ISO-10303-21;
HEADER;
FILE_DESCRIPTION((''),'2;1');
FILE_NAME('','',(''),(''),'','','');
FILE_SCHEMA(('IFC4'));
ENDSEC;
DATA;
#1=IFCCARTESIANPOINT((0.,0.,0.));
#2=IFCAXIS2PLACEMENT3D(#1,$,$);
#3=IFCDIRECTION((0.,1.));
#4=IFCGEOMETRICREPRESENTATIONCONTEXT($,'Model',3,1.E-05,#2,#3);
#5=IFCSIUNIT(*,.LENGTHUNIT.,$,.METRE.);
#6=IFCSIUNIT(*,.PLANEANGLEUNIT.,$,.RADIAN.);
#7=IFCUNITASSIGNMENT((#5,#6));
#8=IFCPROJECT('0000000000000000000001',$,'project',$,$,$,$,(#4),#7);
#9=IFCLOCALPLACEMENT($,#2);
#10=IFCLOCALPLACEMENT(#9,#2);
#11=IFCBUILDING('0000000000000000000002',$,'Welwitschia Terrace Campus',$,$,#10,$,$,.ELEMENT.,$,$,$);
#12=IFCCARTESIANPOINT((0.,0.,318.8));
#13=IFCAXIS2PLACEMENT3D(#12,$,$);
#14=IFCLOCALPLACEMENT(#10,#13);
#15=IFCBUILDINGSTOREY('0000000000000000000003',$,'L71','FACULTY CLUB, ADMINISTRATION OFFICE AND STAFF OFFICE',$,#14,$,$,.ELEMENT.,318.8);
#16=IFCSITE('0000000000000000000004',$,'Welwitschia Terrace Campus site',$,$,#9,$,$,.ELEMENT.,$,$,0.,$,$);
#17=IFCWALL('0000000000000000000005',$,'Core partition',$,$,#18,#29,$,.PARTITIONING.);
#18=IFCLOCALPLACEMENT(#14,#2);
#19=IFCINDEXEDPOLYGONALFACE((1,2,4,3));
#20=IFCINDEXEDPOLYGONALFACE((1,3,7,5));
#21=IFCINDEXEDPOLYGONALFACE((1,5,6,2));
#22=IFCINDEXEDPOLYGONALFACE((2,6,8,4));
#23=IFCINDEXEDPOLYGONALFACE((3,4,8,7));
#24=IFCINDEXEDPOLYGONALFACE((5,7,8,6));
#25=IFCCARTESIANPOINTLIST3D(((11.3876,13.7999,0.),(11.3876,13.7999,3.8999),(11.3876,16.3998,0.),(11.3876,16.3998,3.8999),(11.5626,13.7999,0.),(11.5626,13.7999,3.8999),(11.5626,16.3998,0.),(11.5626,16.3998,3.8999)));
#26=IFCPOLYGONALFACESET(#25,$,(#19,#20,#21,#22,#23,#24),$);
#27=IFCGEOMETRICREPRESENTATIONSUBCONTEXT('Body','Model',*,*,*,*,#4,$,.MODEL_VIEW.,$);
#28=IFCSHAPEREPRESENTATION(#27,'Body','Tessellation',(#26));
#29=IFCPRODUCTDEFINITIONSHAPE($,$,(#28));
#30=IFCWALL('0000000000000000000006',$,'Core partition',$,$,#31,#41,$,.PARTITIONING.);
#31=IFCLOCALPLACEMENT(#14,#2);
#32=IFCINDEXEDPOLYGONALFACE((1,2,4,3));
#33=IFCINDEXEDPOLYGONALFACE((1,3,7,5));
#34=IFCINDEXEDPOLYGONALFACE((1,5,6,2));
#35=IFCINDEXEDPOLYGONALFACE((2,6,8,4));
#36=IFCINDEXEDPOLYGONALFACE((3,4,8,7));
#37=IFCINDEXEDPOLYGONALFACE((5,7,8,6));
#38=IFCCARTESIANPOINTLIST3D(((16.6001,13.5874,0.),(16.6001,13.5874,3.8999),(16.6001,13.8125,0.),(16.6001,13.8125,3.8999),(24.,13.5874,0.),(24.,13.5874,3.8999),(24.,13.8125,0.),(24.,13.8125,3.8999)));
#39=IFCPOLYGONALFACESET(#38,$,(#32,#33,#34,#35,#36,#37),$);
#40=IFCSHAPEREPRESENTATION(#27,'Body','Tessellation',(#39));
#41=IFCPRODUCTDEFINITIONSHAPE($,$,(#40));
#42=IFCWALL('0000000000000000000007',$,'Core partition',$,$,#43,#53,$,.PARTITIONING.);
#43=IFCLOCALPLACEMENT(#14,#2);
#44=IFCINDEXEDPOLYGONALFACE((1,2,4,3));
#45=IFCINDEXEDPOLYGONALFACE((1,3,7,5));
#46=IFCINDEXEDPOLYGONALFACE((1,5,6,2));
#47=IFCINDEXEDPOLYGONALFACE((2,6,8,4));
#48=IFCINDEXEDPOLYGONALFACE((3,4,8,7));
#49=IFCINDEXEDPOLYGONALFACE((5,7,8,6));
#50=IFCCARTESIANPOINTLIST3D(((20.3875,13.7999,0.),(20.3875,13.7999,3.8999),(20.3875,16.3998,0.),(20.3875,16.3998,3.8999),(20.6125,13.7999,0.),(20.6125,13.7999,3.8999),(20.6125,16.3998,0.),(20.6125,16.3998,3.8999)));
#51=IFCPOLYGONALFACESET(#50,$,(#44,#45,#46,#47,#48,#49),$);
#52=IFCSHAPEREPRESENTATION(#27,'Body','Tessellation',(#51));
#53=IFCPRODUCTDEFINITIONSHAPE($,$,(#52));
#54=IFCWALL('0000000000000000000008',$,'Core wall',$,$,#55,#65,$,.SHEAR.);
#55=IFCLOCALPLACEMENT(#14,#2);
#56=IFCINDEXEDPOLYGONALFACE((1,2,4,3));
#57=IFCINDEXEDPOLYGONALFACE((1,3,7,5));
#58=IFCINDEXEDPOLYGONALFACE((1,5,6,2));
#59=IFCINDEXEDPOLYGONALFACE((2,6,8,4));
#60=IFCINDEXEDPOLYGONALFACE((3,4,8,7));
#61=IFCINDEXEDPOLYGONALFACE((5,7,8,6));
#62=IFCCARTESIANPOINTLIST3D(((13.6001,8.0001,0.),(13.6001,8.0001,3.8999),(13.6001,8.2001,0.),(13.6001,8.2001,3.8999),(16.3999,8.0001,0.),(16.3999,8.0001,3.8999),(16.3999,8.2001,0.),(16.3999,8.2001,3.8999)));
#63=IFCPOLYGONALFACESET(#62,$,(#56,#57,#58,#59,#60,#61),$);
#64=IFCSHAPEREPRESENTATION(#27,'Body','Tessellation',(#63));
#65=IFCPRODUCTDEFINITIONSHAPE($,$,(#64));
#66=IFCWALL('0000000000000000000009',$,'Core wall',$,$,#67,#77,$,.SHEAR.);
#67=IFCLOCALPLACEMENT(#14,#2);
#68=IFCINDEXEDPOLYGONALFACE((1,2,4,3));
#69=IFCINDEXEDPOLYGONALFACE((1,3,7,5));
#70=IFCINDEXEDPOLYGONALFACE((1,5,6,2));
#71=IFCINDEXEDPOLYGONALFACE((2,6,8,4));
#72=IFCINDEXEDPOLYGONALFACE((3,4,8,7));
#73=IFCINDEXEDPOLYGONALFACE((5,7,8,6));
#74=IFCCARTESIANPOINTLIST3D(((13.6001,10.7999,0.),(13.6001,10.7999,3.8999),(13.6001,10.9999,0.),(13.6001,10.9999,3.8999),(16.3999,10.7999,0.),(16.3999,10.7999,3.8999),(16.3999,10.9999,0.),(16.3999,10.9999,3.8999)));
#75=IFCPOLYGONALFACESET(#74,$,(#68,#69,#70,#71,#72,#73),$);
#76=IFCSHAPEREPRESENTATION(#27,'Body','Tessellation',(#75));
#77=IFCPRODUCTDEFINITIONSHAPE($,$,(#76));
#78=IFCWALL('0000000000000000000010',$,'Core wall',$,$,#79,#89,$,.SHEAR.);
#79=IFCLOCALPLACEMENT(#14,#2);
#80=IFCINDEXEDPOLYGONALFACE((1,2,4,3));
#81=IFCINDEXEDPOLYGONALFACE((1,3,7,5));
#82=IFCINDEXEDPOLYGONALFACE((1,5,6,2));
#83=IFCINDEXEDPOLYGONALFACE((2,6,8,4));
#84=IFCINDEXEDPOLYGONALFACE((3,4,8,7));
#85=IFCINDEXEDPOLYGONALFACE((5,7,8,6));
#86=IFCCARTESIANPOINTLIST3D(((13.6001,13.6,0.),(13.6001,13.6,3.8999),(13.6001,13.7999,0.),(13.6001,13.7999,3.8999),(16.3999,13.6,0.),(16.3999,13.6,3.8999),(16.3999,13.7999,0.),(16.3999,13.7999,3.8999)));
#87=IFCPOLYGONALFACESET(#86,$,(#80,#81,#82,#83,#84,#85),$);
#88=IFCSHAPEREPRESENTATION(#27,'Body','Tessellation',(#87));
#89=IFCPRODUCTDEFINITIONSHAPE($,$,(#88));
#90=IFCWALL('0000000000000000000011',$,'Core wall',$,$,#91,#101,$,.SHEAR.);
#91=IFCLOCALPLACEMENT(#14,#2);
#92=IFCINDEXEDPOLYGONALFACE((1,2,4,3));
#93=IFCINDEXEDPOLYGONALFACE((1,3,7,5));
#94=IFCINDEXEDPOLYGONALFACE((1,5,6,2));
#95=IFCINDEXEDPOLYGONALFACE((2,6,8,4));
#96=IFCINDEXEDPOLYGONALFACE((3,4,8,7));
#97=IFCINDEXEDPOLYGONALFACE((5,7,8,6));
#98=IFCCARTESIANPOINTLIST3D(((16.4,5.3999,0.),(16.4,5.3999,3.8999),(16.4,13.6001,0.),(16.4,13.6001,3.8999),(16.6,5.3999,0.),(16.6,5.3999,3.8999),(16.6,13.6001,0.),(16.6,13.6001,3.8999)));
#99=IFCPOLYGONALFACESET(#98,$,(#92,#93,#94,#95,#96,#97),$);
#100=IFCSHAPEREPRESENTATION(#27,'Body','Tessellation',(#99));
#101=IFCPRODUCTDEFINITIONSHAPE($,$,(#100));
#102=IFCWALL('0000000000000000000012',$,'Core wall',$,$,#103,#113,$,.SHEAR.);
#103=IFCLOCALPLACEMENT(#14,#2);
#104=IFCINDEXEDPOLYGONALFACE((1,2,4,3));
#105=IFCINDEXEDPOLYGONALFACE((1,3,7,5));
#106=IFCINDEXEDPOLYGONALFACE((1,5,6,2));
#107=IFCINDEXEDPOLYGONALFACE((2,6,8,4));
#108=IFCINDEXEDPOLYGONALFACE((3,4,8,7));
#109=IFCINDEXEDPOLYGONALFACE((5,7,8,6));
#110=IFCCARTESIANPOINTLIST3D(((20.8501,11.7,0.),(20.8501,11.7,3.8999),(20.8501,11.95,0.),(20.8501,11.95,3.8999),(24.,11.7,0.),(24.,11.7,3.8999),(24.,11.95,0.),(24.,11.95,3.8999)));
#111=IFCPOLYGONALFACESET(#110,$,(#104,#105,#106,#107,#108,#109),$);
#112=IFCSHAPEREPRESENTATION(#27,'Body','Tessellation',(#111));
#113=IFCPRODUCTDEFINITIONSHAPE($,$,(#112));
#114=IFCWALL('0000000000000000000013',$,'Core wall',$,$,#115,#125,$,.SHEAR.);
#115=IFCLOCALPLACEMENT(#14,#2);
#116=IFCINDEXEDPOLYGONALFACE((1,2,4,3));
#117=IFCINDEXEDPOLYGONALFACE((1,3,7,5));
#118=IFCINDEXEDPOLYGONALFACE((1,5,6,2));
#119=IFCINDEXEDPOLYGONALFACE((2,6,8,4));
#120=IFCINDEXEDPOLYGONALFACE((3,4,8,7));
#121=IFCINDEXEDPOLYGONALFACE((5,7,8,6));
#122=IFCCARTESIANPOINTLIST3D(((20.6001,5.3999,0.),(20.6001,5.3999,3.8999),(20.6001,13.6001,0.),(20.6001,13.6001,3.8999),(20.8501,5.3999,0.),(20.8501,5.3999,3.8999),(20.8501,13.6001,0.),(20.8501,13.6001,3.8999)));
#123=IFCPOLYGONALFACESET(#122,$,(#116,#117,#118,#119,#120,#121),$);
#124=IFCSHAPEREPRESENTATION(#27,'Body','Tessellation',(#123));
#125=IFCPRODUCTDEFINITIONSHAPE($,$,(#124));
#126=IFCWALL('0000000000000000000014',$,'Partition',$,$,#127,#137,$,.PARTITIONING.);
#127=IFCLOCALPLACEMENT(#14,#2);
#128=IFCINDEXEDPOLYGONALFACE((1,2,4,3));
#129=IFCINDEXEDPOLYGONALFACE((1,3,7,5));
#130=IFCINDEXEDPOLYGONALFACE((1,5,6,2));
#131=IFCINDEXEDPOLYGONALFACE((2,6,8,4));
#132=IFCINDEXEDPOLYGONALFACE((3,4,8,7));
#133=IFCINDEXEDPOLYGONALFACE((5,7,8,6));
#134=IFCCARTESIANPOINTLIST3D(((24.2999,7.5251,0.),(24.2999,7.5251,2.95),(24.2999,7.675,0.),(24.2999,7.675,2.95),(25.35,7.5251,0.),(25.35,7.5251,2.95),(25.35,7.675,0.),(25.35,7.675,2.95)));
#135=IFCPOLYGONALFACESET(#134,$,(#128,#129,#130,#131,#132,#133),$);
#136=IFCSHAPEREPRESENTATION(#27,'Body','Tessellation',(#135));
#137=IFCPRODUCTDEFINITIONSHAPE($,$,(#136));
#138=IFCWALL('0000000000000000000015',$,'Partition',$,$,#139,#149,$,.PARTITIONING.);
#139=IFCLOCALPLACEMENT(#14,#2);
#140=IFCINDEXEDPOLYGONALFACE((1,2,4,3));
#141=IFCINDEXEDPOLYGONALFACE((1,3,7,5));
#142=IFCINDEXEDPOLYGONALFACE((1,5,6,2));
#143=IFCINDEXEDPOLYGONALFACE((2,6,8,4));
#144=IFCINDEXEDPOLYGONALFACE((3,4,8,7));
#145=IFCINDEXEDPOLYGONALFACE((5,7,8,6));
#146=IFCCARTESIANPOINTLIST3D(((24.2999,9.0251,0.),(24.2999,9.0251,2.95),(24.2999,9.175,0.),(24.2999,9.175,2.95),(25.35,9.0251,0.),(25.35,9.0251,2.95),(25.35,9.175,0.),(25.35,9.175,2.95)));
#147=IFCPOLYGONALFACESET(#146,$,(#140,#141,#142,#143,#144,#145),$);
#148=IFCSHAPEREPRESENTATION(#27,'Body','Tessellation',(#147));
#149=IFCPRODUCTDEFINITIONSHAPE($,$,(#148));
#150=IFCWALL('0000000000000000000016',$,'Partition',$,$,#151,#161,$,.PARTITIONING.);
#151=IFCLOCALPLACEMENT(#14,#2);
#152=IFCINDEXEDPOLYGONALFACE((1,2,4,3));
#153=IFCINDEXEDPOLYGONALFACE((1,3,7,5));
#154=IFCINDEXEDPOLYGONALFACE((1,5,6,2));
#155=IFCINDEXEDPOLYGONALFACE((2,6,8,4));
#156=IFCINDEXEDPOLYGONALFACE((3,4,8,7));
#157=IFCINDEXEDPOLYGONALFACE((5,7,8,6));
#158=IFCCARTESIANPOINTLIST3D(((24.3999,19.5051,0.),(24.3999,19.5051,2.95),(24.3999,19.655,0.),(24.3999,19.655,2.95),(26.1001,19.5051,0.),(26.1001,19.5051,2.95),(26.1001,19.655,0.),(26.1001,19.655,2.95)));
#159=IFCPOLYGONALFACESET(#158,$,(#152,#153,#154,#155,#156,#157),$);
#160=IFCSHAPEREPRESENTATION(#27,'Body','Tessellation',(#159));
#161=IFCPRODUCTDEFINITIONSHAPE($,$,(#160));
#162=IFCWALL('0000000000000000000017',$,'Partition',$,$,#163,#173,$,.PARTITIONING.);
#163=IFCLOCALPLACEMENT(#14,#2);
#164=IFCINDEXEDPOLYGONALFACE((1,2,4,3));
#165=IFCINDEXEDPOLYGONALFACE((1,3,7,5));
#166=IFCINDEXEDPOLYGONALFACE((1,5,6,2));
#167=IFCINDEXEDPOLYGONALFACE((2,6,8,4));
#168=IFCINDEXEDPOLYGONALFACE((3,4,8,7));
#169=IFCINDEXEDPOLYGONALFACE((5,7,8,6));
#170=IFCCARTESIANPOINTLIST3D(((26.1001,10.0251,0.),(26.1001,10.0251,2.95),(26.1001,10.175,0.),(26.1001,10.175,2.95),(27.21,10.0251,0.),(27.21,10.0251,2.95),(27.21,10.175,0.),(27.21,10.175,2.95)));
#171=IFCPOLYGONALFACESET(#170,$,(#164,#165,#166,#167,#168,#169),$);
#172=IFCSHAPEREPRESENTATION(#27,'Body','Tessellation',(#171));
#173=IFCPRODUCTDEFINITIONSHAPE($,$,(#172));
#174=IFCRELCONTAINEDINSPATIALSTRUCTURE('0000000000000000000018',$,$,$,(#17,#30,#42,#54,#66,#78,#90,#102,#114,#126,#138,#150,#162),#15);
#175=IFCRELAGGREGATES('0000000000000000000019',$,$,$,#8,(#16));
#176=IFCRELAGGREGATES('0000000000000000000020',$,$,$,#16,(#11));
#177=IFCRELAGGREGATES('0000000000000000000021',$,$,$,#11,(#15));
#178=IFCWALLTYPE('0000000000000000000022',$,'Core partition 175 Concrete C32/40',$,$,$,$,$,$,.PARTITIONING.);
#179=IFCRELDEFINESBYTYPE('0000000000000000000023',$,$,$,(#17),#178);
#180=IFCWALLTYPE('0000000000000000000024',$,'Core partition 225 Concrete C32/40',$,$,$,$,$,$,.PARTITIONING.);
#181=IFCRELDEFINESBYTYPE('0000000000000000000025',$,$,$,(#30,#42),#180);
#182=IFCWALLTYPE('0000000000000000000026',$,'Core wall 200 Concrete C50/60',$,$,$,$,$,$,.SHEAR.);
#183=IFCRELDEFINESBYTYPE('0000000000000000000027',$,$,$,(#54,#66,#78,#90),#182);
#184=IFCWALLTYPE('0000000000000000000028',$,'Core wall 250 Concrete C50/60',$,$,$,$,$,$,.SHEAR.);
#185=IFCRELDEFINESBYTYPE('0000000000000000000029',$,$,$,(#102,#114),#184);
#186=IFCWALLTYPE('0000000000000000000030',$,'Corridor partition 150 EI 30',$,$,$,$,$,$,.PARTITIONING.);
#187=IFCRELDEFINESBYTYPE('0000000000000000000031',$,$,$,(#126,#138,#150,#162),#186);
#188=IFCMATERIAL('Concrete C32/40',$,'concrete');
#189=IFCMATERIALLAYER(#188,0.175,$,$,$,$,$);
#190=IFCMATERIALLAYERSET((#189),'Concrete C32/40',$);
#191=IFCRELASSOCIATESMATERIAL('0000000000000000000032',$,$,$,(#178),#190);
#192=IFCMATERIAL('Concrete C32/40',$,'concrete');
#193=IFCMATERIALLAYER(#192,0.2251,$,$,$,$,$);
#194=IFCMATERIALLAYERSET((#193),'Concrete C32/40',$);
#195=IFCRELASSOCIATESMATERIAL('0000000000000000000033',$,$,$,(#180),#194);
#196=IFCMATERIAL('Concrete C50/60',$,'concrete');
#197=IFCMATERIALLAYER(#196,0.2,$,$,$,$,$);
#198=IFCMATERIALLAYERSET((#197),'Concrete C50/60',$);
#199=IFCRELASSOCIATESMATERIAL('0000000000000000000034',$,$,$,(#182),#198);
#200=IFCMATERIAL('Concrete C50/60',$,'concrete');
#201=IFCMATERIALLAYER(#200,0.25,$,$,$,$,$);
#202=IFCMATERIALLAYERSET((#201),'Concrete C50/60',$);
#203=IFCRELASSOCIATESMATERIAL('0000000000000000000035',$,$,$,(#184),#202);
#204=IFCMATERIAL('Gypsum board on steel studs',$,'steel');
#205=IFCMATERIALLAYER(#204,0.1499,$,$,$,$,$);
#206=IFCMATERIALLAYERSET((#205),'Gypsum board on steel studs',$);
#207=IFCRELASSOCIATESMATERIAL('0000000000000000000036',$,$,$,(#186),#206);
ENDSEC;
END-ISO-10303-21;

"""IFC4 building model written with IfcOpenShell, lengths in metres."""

from ifc_helpers import new_model, si_unit, direction, frame, frame_2d, origin, place, context, subcontext, project, spatial, rectangle, extrude, material, layer, layer_set, type_object, element, save


model = new_model("IFC4")

# Units and contexts
model_context = context("Model", 3, precision=1e-05, world=origin(), true_north=direction((0.0, 1.0)))
body_context = subcontext(model_context, "Body", "Model", "MODEL_VIEW")
ifc_project = project(units=[si_unit("LENGTHUNIT", "METRE"), si_unit("PLANEANGLEUNIT", "RADIAN")], contexts=[model_context])

# Site, building, storey
site_placement = place(None, origin())
site = spatial("IfcSite", under=ifc_project, at=site_placement, Name="Welwitschia Terrace Campus site", CompositionType="ELEMENT", RefElevation=0.0)
building_placement = place(site_placement, origin())
building = spatial("IfcBuilding", under=site, at=building_placement, Name="Welwitschia Terrace Campus", CompositionType="ELEMENT")
storey_placement = place(building_placement, frame((0.0, 0.0, 318.8)))
storey = spatial("IfcBuildingStorey", under=building, at=storey_placement, Name="L71", Description="FACULTY CLUB, ADMINISTRATION OFFICE AND STAFF OFFICE", CompositionType="ELEMENT", Elevation=318.8)

# Walls
ifc_material_1 = material(Name="Concrete C32/40", Category="concrete")
ifc_layer_1 = layer(ifc_material_1, 0.175)
ifc_layer_set_1 = layer_set([ifc_layer_1], Name="Concrete C32/40")
wall_type_1 = type_object("IfcWallType", Name="Core partition 175 Concrete C32/40", PredefinedType="PARTITIONING", material=ifc_layer_set_1)
wall_1_placement = place(storey_placement, frame((11.4751, 13.8, 0.0), z_axis=(0.0, 0.0, 1.0), x_axis=(0.0, 1.0, 0.0)))
element("IfcWall", 1, at=wall_1_placement, inside=storey, type_object=wall_type_1, Name="Core partition", PredefinedType="PARTITIONING", context=body_context, shape_type="SweptSolid", body=[
    extrude(rectangle(XDim=2.5999, YDim=0.175, at=frame_2d((1.2998, 0.0))), origin(), (0.0, 0.0, 1.0), 3.8999),
])
ifc_material_2 = material(Name="Concrete C32/40", Category="concrete")
ifc_layer_2 = layer(ifc_material_2, 0.2251)
ifc_layer_set_2 = layer_set([ifc_layer_2], Name="Concrete C32/40")
wall_type_2 = type_object("IfcWallType", Name="Core partition 225 Concrete C32/40", PredefinedType="PARTITIONING", material=ifc_layer_set_2)
wall_2_placement = place(storey_placement, frame((16.6001, 13.7, 0.0), z_axis=(0.0, 0.0, 1.0), x_axis=(1.0, 0.0, 0.0)))
element("IfcWall", 2, at=wall_2_placement, inside=storey, type_object=wall_type_2, Name="Core partition", PredefinedType="PARTITIONING", context=body_context, shape_type="SweptSolid", body=[
    extrude(rectangle(XDim=7.3999, YDim=0.2251, at=frame_2d((3.7, 0.0))), origin(), (0.0, 0.0, 1.0), 3.8999),
])
wall_3_placement = place(storey_placement, frame((20.5, 13.8, 0.0), z_axis=(0.0, 0.0, 1.0), x_axis=(0.0, 1.0, 0.0)))
element("IfcWall", 3, at=wall_3_placement, inside=storey, type_object=wall_type_2, Name="Core partition", PredefinedType="PARTITIONING", context=body_context, shape_type="SweptSolid", body=[
    extrude(rectangle(XDim=2.5999, YDim=0.2251, at=frame_2d((1.2998, 0.0))), origin(), (0.0, 0.0, 1.0), 3.8999),
])
ifc_material_3 = material(Name="Concrete C50/60", Category="concrete")
ifc_layer_3 = layer(ifc_material_3, 0.2)
ifc_layer_set_3 = layer_set([ifc_layer_3], Name="Concrete C50/60")
wall_type_3 = type_object("IfcWallType", Name="Core wall 200 Concrete C50/60", PredefinedType="SHEAR", material=ifc_layer_set_3)
for number, where, z_axis, x_axis, name in (
    (4, (13.6001, 8.1001, 0.0), (0.0, 0.0, 1.0), (1.0, 0.0, 0.0), "Core wall"),
    (5, (13.6001, 10.8999, 0.0), (0.0, 0.0, 1.0), (1.0, 0.0, 0.0), "Core wall"),
    (6, (13.6001, 13.7, 0.0), (0.0, 0.0, 1.0), (1.0, 0.0, 0.0), "Core wall"),
):
    element("IfcWall", number, at=place(storey_placement, frame(where, z_axis=z_axis, x_axis=x_axis)), inside=storey, type_object=wall_type_3, Name=name, PredefinedType="SHEAR", context=body_context, shape_type="SweptSolid", body=[
        extrude(rectangle(XDim=2.7998, YDim=0.2, at=frame_2d((1.3999, 0.0))), origin(), (0.0, 0.0, 1.0), 3.8999),
    ])
wall_4_placement = place(storey_placement, frame((16.5, 5.3999, 0.0), z_axis=(0.0, 0.0, 1.0), x_axis=(0.0, 1.0, 0.0)))
element("IfcWall", 7, at=wall_4_placement, inside=storey, type_object=wall_type_3, Name="Core wall", PredefinedType="SHEAR", context=body_context, shape_type="SweptSolid", body=[
    extrude(rectangle(XDim=8.2002, YDim=0.2, at=frame_2d((4.1001, 0.0))), origin(), (0.0, 0.0, 1.0), 3.8999),
])
ifc_material_4 = material(Name="Concrete C50/60", Category="concrete")
ifc_layer_4 = layer(ifc_material_4, 0.25)
ifc_layer_set_4 = layer_set([ifc_layer_4], Name="Concrete C50/60")
wall_type_4 = type_object("IfcWallType", Name="Core wall 250 Concrete C50/60", PredefinedType="SHEAR", material=ifc_layer_set_4)
wall_5_placement = place(storey_placement, frame((20.8501, 11.825, 0.0), z_axis=(0.0, 0.0, 1.0), x_axis=(1.0, 0.0, 0.0)))
element("IfcWall", 8, at=wall_5_placement, inside=storey, type_object=wall_type_4, Name="Core wall", PredefinedType="SHEAR", context=body_context, shape_type="SweptSolid", body=[
    extrude(rectangle(XDim=3.1499, YDim=0.25, at=frame_2d((1.575, 0.0))), origin(), (0.0, 0.0, 1.0), 3.8999),
])
wall_6_placement = place(storey_placement, frame((20.7251, 5.3999, 0.0), z_axis=(0.0, 0.0, 1.0), x_axis=(0.0, 1.0, 0.0)))
element("IfcWall", 9, at=wall_6_placement, inside=storey, type_object=wall_type_4, Name="Core wall", PredefinedType="SHEAR", context=body_context, shape_type="SweptSolid", body=[
    extrude(rectangle(XDim=8.2002, YDim=0.25, at=frame_2d((4.1001, 0.0))), origin(), (0.0, 0.0, 1.0), 3.8999),
])
ifc_material_5 = material(Name="Gypsum board on steel studs", Category="steel")
ifc_layer_5 = layer(ifc_material_5, 0.1499)
ifc_layer_set_5 = layer_set([ifc_layer_5], Name="Gypsum board on steel studs")
wall_type_5 = type_object("IfcWallType", Name="Corridor partition 150 EI 30", PredefinedType="PARTITIONING", material=ifc_layer_set_5)
for number, where, z_axis, x_axis, name in (
    (10, (24.3, 7.6001, 0.0), (0.0, 0.0, 1.0), (1.0, 0.0, 0.0), "Partition"),
    (11, (24.3, 9.1001, 0.0), (0.0, 0.0, 1.0), (1.0, 0.0, 0.0), "Partition"),
):
    element("IfcWall", number, at=place(storey_placement, frame(where, z_axis=z_axis, x_axis=x_axis)), inside=storey, type_object=wall_type_5, Name=name, PredefinedType="PARTITIONING", context=body_context, shape_type="SweptSolid", body=[
        extrude(rectangle(XDim=1.05, YDim=0.1499, at=frame_2d((0.5249, 0.0))), origin(), (0.0, 0.0, 1.0), 2.95),
    ])
wall_7_placement = place(storey_placement, frame((24.3999, 19.5801, 0.0), z_axis=(0.0, 0.0, 1.0), x_axis=(1.0, 0.0, 0.0)))
element("IfcWall", 12, at=wall_7_placement, inside=storey, type_object=wall_type_5, Name="Partition", PredefinedType="PARTITIONING", context=body_context, shape_type="SweptSolid", body=[
    extrude(rectangle(XDim=1.7002, YDim=0.1499, at=frame_2d((0.8501, 0.0))), origin(), (0.0, 0.0, 1.0), 2.95),
])
wall_8_placement = place(storey_placement, frame((26.1001, 10.1001, 0.0), z_axis=(0.0, 0.0, 1.0), x_axis=(1.0, 0.0, 0.0)))
element("IfcWall", 13, at=wall_8_placement, inside=storey, type_object=wall_type_5, Name="Partition", PredefinedType="PARTITIONING", context=body_context, shape_type="SweptSolid", body=[
    extrude(rectangle(XDim=1.1099, YDim=0.1499, at=frame_2d((0.5549, 0.0))), origin(), (0.0, 0.0, 1.0), 2.95),
])

save(model, "model.ifc")
